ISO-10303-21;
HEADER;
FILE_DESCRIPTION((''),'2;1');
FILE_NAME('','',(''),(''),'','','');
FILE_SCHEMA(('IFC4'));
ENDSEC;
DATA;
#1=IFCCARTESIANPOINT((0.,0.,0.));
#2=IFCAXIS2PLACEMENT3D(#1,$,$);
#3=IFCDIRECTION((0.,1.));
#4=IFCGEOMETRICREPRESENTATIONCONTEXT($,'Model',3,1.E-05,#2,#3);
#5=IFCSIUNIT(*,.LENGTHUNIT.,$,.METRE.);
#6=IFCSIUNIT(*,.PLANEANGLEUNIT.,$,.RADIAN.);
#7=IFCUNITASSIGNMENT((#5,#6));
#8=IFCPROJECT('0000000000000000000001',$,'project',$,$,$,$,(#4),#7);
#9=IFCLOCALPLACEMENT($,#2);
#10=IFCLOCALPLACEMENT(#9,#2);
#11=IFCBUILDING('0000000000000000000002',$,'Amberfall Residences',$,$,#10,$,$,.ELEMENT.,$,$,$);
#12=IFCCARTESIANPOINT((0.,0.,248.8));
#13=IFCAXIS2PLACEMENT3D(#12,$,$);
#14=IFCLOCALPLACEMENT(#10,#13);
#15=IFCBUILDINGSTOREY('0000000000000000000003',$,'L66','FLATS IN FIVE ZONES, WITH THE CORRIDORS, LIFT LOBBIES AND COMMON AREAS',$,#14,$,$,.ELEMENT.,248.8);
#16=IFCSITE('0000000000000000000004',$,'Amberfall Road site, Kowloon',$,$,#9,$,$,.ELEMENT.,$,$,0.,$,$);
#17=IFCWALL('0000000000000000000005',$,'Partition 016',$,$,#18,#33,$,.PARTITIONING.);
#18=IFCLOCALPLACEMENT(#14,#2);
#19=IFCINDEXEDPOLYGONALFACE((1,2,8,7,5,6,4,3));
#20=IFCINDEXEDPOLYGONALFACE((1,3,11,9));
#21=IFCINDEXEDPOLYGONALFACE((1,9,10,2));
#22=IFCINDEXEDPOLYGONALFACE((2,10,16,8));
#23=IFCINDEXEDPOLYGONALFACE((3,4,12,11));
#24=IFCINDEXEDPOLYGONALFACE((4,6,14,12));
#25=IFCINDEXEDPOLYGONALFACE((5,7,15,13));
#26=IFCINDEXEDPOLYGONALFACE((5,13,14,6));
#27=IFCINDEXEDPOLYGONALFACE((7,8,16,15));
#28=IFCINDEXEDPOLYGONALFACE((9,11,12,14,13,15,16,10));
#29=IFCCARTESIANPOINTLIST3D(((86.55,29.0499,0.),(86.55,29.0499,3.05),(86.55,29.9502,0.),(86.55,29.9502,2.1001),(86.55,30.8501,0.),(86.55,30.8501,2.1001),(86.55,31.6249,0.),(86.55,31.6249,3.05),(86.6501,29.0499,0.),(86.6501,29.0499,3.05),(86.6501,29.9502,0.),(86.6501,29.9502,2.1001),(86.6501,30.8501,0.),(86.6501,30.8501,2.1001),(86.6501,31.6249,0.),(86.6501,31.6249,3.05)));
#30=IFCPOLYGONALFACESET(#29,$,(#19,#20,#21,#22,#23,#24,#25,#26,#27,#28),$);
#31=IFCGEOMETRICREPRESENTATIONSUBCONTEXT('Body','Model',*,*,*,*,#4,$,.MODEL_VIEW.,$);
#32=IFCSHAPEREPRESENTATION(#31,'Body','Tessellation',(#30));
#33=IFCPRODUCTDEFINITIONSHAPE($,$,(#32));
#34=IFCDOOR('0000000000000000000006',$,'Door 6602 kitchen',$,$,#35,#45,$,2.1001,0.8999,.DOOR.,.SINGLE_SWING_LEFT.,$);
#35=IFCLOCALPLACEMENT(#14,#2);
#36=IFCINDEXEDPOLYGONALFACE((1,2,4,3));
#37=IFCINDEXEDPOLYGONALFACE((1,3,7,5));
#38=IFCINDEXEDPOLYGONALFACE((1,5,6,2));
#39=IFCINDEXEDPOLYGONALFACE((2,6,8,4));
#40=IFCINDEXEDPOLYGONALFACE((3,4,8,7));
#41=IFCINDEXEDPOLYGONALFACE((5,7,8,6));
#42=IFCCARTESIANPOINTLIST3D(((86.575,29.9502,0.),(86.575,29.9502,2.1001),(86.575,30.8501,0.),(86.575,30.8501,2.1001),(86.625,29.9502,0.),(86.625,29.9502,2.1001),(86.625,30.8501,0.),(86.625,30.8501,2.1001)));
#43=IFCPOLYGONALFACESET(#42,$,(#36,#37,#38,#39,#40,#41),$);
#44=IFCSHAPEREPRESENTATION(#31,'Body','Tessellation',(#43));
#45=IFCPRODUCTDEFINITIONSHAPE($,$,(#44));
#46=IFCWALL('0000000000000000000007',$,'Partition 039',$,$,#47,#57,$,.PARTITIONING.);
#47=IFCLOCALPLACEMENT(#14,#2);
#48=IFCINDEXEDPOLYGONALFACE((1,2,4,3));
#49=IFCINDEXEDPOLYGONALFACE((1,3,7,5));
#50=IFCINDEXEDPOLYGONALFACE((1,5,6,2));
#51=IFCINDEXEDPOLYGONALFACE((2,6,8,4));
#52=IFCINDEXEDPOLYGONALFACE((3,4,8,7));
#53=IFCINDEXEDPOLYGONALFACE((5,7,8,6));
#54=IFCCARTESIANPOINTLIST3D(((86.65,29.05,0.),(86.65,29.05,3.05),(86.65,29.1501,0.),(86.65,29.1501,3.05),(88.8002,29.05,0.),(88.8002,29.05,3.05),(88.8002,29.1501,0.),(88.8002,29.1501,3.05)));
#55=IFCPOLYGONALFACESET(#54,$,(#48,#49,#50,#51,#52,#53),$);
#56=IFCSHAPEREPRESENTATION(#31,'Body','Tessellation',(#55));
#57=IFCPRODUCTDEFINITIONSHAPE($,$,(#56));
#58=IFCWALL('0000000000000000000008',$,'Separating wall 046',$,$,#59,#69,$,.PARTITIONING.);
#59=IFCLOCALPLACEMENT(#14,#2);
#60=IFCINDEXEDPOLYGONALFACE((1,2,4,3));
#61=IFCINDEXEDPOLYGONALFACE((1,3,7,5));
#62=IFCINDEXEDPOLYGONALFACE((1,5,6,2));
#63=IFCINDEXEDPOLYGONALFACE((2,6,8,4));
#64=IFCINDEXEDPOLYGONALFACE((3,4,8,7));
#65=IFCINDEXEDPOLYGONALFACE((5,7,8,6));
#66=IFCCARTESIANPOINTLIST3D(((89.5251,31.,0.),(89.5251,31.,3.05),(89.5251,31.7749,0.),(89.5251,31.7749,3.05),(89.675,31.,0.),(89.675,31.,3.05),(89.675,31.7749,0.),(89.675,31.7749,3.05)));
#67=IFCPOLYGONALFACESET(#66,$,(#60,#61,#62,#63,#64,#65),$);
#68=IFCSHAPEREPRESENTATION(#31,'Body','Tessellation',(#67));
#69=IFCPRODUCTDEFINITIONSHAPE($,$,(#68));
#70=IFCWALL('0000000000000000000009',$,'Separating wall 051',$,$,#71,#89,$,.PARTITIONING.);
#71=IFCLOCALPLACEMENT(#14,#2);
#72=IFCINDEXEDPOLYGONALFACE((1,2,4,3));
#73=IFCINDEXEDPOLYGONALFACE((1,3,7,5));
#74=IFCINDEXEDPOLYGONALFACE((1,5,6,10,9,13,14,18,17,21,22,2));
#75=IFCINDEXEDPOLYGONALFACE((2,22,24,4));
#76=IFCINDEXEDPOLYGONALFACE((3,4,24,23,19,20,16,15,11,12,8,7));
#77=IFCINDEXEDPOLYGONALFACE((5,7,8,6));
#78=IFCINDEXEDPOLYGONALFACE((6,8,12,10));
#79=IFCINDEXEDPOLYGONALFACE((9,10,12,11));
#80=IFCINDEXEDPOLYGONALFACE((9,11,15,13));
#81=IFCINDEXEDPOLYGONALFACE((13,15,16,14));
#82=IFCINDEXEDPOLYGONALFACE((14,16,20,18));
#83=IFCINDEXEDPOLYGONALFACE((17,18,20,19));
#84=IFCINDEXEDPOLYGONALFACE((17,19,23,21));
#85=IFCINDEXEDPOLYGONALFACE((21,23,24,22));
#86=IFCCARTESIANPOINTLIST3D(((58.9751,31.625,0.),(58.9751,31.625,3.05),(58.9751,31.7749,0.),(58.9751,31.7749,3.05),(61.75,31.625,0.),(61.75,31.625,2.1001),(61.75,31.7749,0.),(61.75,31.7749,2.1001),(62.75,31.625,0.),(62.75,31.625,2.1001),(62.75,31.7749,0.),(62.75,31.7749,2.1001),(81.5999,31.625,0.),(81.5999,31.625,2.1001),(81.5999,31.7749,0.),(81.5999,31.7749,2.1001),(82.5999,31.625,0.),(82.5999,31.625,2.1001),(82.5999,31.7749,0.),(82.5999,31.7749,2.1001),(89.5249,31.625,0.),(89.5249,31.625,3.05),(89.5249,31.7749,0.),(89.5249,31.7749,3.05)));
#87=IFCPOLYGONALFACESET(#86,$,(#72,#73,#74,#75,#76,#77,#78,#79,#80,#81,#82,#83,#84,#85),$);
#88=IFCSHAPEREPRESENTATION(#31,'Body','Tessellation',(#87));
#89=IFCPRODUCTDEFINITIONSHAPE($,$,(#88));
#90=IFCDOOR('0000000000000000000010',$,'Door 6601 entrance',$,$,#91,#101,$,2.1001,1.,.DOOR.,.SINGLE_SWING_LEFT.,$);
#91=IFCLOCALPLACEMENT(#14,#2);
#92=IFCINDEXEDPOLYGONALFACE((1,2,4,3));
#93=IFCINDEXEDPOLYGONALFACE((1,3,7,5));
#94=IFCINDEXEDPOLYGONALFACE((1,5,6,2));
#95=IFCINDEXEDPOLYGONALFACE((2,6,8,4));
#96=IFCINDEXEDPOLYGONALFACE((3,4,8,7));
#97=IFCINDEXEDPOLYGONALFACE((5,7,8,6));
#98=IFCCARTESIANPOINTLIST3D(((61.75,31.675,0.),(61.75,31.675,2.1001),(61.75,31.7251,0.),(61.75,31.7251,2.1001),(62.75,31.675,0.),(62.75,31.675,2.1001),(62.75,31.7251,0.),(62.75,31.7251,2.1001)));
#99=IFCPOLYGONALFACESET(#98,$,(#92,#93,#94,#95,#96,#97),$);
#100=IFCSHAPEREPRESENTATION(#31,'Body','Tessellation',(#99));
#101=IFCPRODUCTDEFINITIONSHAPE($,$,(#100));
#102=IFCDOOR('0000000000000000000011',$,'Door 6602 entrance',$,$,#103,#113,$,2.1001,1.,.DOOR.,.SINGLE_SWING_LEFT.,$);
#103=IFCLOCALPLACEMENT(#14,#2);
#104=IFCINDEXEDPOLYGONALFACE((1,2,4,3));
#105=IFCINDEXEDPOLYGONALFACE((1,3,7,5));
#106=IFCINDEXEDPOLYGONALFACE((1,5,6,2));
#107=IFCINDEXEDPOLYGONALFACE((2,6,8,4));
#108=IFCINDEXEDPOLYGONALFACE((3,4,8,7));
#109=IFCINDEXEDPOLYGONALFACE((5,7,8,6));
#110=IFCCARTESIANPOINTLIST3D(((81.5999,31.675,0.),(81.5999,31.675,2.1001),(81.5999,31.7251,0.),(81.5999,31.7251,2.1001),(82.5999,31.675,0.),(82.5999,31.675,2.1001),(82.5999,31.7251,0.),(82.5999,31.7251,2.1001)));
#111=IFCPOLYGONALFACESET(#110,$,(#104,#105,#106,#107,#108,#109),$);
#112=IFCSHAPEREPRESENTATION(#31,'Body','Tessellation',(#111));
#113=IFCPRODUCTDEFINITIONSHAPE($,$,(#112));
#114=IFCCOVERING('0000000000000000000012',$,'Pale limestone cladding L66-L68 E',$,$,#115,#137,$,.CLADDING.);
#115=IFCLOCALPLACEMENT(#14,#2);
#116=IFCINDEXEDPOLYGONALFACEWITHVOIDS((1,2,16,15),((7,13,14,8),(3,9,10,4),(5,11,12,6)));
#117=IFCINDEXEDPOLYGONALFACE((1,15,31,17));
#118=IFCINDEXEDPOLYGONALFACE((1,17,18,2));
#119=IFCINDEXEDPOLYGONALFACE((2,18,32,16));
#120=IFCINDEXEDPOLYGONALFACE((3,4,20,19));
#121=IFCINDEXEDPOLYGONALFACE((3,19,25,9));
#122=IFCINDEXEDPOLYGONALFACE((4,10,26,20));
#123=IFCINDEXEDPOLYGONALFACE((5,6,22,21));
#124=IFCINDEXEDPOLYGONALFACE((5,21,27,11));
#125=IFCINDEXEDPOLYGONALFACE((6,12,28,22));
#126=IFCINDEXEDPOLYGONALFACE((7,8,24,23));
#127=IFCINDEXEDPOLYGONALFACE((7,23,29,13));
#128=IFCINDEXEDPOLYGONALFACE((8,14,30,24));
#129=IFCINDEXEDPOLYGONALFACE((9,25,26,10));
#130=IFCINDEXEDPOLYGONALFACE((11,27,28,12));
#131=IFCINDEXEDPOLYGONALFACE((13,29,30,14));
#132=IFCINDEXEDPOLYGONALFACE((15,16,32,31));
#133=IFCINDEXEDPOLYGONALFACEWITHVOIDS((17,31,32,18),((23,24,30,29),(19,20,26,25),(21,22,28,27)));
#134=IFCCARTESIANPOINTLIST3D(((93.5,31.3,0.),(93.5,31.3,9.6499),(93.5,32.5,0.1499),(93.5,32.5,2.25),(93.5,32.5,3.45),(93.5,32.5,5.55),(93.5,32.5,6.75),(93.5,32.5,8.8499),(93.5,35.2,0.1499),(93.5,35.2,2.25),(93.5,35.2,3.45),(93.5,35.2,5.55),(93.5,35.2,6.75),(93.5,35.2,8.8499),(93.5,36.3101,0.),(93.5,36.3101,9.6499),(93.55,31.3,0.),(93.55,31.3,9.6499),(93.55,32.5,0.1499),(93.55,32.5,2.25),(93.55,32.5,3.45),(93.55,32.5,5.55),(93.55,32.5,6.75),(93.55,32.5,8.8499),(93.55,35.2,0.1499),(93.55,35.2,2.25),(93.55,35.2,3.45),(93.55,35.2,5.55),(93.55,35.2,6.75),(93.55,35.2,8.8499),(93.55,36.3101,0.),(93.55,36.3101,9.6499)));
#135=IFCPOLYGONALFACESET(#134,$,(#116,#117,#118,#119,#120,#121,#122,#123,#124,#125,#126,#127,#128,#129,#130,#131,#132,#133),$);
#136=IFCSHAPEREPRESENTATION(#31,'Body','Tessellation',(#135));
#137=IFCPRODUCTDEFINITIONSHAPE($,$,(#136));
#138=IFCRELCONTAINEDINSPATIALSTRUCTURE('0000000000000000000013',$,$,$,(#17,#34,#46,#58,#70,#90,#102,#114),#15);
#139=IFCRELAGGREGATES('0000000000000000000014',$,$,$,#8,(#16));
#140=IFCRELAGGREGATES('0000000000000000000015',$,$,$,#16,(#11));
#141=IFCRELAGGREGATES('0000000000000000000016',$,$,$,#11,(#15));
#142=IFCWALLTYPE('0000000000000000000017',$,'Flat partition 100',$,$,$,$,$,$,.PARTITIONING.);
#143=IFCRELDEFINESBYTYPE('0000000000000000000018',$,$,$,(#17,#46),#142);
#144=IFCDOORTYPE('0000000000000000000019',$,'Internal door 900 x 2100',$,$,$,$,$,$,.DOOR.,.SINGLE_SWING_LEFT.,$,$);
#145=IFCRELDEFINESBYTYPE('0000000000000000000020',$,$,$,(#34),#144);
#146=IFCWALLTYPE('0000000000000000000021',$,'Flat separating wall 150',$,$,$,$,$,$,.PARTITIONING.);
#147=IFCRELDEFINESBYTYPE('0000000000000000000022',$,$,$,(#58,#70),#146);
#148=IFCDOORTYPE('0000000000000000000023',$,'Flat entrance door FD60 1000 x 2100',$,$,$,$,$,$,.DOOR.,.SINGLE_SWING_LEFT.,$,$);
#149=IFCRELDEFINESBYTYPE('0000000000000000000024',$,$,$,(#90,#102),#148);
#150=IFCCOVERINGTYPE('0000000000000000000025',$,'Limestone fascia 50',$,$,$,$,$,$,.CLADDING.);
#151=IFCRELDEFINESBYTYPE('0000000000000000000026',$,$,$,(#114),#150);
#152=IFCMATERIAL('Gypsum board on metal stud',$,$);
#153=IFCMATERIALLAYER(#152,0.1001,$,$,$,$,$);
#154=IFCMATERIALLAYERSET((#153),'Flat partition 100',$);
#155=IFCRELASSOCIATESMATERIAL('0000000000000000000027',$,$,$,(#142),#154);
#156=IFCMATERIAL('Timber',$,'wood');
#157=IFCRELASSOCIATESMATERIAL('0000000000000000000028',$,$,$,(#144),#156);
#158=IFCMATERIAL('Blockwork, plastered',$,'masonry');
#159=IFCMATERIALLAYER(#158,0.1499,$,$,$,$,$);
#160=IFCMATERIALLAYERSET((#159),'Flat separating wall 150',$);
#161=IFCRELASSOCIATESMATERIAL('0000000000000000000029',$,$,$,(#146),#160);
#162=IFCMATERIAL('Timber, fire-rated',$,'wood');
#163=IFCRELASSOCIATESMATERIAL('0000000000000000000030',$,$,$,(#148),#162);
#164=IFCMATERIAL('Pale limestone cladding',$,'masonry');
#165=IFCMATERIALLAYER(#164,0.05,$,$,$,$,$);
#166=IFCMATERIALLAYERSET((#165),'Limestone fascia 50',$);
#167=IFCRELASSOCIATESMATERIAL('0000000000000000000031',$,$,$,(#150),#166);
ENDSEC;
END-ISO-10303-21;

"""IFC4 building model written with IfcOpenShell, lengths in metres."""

from ifc_helpers import new_model, si_unit, direction, frame, frame_2d, origin, place, context, subcontext, project, spatial, polyline, rectangle, outline, extrude, material, layer, layer_set, type_object, element, fill, save


model = new_model("IFC4")

# Units and contexts
model_context = context("Model", 3, precision=1e-05, world=origin(), true_north=direction((0.0, 1.0)))
body_context = subcontext(model_context, "Body", "Model", "MODEL_VIEW")
ifc_project = project(units=[si_unit("LENGTHUNIT", "METRE"), si_unit("PLANEANGLEUNIT", "RADIAN")], contexts=[model_context])

# Site, building, storey
site_placement = place(None, origin())
site = spatial("IfcSite", under=ifc_project, at=site_placement, Name="Amberfall Road site, Kowloon", CompositionType="ELEMENT", RefElevation=0.0)
building_placement = place(site_placement, origin())
building = spatial("IfcBuilding", under=site, at=building_placement, Name="Amberfall Residences", CompositionType="ELEMENT")
storey_placement = place(building_placement, frame((0.0, 0.0, 248.8)))
storey = spatial("IfcBuildingStorey", under=building, at=storey_placement, Name="L66", Description="FLATS IN FIVE ZONES, WITH THE CORRIDORS, LIFT LOBBIES AND COMMON AREAS", CompositionType="ELEMENT", Elevation=248.8)

# Wall, opening, door
ifc_material_1 = material(Name="Gypsum board on metal stud")
ifc_layer_1 = layer(ifc_material_1, 0.1001)
ifc_layer_set_1 = layer_set([ifc_layer_1], Name="Flat partition 100")
wall_type_1 = type_object("IfcWallType", Name="Flat partition 100", PredefinedType="PARTITIONING", material=ifc_layer_set_1)
wall_1_placement = place(storey_placement, frame((86.6001, 31.625, 0.0), z_axis=(0.0, 0.0, 1.0), x_axis=(0.0, -1.0, 0.0)))
wall_1 = element("IfcWall", 1, at=wall_1_placement, inside=storey, type_object=wall_type_1, Name="Partition 016", PredefinedType="PARTITIONING", context=body_context, shape_type="SweptSolid", body=[
    extrude(rectangle(XDim=2.575, YDim=0.1001, at=frame_2d((1.2876, 0.0))), origin(), (0.0, 0.0, 1.0), 3.05),
])
opening_1_placement = place(wall_1_placement, frame((0.7749, 0.0, 0.0)))
opening_1 = element("IfcOpeningElement", 2, at=opening_1_placement, cuts=wall_1, PredefinedType="OPENING", context=body_context, shape_type="SweptSolid", body=[
    extrude(rectangle(XDim=0.8999, YDim=2.1001, at=frame_2d((0.45, 1.05))), frame((0.0, 0.0601, 0.0), z_axis=(0.0, -1.0, 0.0), x_axis=(1.0, 0.0, 0.0)), (0.0, 0.0, 1.0), 0.1201),
])
ifc_material_2 = material(Name="Timber", Category="wood")
door_type_1 = type_object("IfcDoorType", Name="Internal door 900 x 2100", OperationType="SINGLE_SWING_LEFT", PredefinedType="DOOR", material=ifc_material_2)
door_1_placement = place(opening_1_placement, origin())
door_1 = element("IfcDoor", 3, at=door_1_placement, inside=storey, type_object=door_type_1, Name="Door 6602 kitchen", OperationType="SINGLE_SWING_LEFT", OverallHeight=2.1001, OverallWidth=0.8999, PredefinedType="DOOR", context=body_context, shape_type="SweptSolid", body=[
    extrude(rectangle(XDim=0.8999, YDim=2.1001, at=frame_2d((0.45, 1.05))), frame((0.0, 0.0249, 0.0), z_axis=(0.0, -1.0, 0.0), x_axis=(1.0, 0.0, 0.0)), (0.0, 0.0, 1.0), 0.05),
])
fill(opening_1, door_1)

# Walls
wall_2_placement = place(storey_placement, frame((86.6499, 29.1001, 0.0), z_axis=(0.0, 0.0, 1.0), x_axis=(1.0, 0.0, 0.0)))
element("IfcWall", 4, at=wall_2_placement, inside=storey, type_object=wall_type_1, Name="Partition 039", PredefinedType="PARTITIONING", context=body_context, shape_type="SweptSolid", body=[
    extrude(rectangle(XDim=2.1501, YDim=0.1001, at=frame_2d((1.0752, 0.0))), origin(), (0.0, 0.0, 1.0), 3.05),
])
ifc_material_3 = material(Name="Blockwork, plastered", Category="masonry")
ifc_layer_2 = layer(ifc_material_3, 0.1499)
ifc_layer_set_2 = layer_set([ifc_layer_2], Name="Flat separating wall 150")
wall_type_2 = type_object("IfcWallType", Name="Flat separating wall 150", PredefinedType="PARTITIONING", material=ifc_layer_set_2)
wall_3_placement = place(storey_placement, frame((89.6001, 31.0, 0.0), z_axis=(0.0, 0.0, 1.0), x_axis=(0.0, 1.0, 0.0)))
element("IfcWall", 5, at=wall_3_placement, inside=storey, type_object=wall_type_2, Name="Separating wall 046", PredefinedType="PARTITIONING", context=body_context, shape_type="SweptSolid", body=[
    extrude(rectangle(XDim=0.7749, YDim=0.1499, at=frame_2d((0.3875, 0.0))), origin(), (0.0, 0.0, 1.0), 3.05),
])

# Wall, openings, doors
wall_4_placement = place(storey_placement, frame((89.5249, 31.7, 0.0), z_axis=(0.0, 0.0, 1.0), x_axis=(-1.0, 0.0, 0.0)))
wall_4 = element("IfcWall", 6, at=wall_4_placement, inside=storey, type_object=wall_type_2, Name="Separating wall 051", PredefinedType="PARTITIONING", context=body_context, shape_type="SweptSolid", body=[
    extrude(rectangle(XDim=30.5498, YDim=0.1499, at=frame_2d((15.2749, 0.0))), origin(), (0.0, 0.0, 1.0), 3.05),
])
opening_2_placement = place(wall_4_placement, frame((26.7749, 0.0, 0.0)))
opening_2 = element("IfcOpeningElement", 7, at=opening_2_placement, cuts=wall_4, PredefinedType="OPENING", context=body_context, shape_type="SweptSolid", body=[
    extrude(rectangle(XDim=1.0, YDim=2.1001, at=frame_2d((0.5, 1.05))), frame((0.0, 0.085, 0.0), z_axis=(0.0, -1.0, 0.0), x_axis=(1.0, 0.0, 0.0)), (0.0, 0.0, 1.0), 0.1699),
])
opening_3_placement = place(wall_4_placement, frame((6.925, 0.0, 0.0)))
opening_3 = element("IfcOpeningElement", 8, at=opening_3_placement, cuts=wall_4, PredefinedType="OPENING", context=body_context, shape_type="SweptSolid", body=[
    extrude(rectangle(XDim=1.0, YDim=2.1001, at=frame_2d((0.5, 1.05))), frame((0.0, 0.085, 0.0), z_axis=(0.0, -1.0, 0.0), x_axis=(1.0, 0.0, 0.0)), (0.0, 0.0, 1.0), 0.1699),
])
ifc_material_4 = material(Name="Timber, fire-rated", Category="wood")
door_type_2 = type_object("IfcDoorType", Name="Flat entrance door FD60 1000 x 2100", OperationType="SINGLE_SWING_LEFT", PredefinedType="DOOR", material=ifc_material_4)
door_2_placement = place(opening_2_placement, origin())
door_2 = element("IfcDoor", 9, at=door_2_placement, inside=storey, type_object=door_type_2, Name="Door 6601 entrance", OperationType="SINGLE_SWING_LEFT", OverallHeight=2.1001, OverallWidth=1.0, PredefinedType="DOOR", context=body_context, shape_type="SweptSolid", body=[
    extrude(rectangle(XDim=1.0, YDim=2.1001, at=frame_2d((0.5, 1.05))), frame((0.0, 0.0249, 0.0), z_axis=(0.0, -1.0, 0.0), x_axis=(1.0, 0.0, 0.0)), (0.0, 0.0, 1.0), 0.05),
])
fill(opening_2, door_2)
door_3_placement = place(opening_3_placement, origin())
door_3 = element("IfcDoor", 10, at=door_3_placement, inside=storey, type_object=door_type_2, Name="Door 6602 entrance", OperationType="SINGLE_SWING_LEFT", OverallHeight=2.1001, OverallWidth=1.0, PredefinedType="DOOR", context=body_context, shape_type="SweptSolid", body=[
    extrude(rectangle(XDim=1.0, YDim=2.1001, at=frame_2d((0.5, 1.05))), frame((0.0, 0.0249, 0.0), z_axis=(0.0, -1.0, 0.0), x_axis=(1.0, 0.0, 0.0)), (0.0, 0.0, 1.0), 0.05),
])
fill(opening_3, door_3)

# Covering
ifc_material_5 = material(Name="Pale limestone cladding", Category="masonry")
ifc_layer_3 = layer(ifc_material_5, 0.05)
ifc_layer_set_3 = layer_set([ifc_layer_3], Name="Limestone fascia 50")
covering_type = type_object("IfcCoveringType", Name="Limestone fascia 50", PredefinedType="CLADDING", material=ifc_layer_set_3)
covering_placement = place(storey_placement, frame((93.5, 31.3, 9.6499), z_axis=(-1.0, 0.0, 0.0), x_axis=(0.0, 1.0, 0.0)))
element("IfcCovering", 11, at=covering_placement, inside=storey, type_object=covering_type, Name="Pale limestone cladding L66-L68 E", PredefinedType="CLADDING", context=body_context, shape_type="SweptSolid", body=[
    extrude(outline(polyline([(0.0, 0.0), (5.01, 0.0), (5.01, 9.6499), (0.0, 9.6499), (0.0, 0.0)]), holes=[polyline([(1.2, 7.3999), (3.8999, 7.3999), (3.8999, 9.5), (1.2, 9.5), (1.2, 7.3999)]), polyline([(1.2, 4.0999), (3.8999, 4.0999), (3.8999, 6.2), (1.2, 6.2), (1.2, 4.0999)]), polyline([(1.2, 0.8), (3.8999, 0.8), (3.8999, 2.8999), (1.2, 2.8999), (1.2, 0.8)])]), origin(), (0.0, 0.0, -1.0), 0.05),
])

save(model, "model.ifc")
